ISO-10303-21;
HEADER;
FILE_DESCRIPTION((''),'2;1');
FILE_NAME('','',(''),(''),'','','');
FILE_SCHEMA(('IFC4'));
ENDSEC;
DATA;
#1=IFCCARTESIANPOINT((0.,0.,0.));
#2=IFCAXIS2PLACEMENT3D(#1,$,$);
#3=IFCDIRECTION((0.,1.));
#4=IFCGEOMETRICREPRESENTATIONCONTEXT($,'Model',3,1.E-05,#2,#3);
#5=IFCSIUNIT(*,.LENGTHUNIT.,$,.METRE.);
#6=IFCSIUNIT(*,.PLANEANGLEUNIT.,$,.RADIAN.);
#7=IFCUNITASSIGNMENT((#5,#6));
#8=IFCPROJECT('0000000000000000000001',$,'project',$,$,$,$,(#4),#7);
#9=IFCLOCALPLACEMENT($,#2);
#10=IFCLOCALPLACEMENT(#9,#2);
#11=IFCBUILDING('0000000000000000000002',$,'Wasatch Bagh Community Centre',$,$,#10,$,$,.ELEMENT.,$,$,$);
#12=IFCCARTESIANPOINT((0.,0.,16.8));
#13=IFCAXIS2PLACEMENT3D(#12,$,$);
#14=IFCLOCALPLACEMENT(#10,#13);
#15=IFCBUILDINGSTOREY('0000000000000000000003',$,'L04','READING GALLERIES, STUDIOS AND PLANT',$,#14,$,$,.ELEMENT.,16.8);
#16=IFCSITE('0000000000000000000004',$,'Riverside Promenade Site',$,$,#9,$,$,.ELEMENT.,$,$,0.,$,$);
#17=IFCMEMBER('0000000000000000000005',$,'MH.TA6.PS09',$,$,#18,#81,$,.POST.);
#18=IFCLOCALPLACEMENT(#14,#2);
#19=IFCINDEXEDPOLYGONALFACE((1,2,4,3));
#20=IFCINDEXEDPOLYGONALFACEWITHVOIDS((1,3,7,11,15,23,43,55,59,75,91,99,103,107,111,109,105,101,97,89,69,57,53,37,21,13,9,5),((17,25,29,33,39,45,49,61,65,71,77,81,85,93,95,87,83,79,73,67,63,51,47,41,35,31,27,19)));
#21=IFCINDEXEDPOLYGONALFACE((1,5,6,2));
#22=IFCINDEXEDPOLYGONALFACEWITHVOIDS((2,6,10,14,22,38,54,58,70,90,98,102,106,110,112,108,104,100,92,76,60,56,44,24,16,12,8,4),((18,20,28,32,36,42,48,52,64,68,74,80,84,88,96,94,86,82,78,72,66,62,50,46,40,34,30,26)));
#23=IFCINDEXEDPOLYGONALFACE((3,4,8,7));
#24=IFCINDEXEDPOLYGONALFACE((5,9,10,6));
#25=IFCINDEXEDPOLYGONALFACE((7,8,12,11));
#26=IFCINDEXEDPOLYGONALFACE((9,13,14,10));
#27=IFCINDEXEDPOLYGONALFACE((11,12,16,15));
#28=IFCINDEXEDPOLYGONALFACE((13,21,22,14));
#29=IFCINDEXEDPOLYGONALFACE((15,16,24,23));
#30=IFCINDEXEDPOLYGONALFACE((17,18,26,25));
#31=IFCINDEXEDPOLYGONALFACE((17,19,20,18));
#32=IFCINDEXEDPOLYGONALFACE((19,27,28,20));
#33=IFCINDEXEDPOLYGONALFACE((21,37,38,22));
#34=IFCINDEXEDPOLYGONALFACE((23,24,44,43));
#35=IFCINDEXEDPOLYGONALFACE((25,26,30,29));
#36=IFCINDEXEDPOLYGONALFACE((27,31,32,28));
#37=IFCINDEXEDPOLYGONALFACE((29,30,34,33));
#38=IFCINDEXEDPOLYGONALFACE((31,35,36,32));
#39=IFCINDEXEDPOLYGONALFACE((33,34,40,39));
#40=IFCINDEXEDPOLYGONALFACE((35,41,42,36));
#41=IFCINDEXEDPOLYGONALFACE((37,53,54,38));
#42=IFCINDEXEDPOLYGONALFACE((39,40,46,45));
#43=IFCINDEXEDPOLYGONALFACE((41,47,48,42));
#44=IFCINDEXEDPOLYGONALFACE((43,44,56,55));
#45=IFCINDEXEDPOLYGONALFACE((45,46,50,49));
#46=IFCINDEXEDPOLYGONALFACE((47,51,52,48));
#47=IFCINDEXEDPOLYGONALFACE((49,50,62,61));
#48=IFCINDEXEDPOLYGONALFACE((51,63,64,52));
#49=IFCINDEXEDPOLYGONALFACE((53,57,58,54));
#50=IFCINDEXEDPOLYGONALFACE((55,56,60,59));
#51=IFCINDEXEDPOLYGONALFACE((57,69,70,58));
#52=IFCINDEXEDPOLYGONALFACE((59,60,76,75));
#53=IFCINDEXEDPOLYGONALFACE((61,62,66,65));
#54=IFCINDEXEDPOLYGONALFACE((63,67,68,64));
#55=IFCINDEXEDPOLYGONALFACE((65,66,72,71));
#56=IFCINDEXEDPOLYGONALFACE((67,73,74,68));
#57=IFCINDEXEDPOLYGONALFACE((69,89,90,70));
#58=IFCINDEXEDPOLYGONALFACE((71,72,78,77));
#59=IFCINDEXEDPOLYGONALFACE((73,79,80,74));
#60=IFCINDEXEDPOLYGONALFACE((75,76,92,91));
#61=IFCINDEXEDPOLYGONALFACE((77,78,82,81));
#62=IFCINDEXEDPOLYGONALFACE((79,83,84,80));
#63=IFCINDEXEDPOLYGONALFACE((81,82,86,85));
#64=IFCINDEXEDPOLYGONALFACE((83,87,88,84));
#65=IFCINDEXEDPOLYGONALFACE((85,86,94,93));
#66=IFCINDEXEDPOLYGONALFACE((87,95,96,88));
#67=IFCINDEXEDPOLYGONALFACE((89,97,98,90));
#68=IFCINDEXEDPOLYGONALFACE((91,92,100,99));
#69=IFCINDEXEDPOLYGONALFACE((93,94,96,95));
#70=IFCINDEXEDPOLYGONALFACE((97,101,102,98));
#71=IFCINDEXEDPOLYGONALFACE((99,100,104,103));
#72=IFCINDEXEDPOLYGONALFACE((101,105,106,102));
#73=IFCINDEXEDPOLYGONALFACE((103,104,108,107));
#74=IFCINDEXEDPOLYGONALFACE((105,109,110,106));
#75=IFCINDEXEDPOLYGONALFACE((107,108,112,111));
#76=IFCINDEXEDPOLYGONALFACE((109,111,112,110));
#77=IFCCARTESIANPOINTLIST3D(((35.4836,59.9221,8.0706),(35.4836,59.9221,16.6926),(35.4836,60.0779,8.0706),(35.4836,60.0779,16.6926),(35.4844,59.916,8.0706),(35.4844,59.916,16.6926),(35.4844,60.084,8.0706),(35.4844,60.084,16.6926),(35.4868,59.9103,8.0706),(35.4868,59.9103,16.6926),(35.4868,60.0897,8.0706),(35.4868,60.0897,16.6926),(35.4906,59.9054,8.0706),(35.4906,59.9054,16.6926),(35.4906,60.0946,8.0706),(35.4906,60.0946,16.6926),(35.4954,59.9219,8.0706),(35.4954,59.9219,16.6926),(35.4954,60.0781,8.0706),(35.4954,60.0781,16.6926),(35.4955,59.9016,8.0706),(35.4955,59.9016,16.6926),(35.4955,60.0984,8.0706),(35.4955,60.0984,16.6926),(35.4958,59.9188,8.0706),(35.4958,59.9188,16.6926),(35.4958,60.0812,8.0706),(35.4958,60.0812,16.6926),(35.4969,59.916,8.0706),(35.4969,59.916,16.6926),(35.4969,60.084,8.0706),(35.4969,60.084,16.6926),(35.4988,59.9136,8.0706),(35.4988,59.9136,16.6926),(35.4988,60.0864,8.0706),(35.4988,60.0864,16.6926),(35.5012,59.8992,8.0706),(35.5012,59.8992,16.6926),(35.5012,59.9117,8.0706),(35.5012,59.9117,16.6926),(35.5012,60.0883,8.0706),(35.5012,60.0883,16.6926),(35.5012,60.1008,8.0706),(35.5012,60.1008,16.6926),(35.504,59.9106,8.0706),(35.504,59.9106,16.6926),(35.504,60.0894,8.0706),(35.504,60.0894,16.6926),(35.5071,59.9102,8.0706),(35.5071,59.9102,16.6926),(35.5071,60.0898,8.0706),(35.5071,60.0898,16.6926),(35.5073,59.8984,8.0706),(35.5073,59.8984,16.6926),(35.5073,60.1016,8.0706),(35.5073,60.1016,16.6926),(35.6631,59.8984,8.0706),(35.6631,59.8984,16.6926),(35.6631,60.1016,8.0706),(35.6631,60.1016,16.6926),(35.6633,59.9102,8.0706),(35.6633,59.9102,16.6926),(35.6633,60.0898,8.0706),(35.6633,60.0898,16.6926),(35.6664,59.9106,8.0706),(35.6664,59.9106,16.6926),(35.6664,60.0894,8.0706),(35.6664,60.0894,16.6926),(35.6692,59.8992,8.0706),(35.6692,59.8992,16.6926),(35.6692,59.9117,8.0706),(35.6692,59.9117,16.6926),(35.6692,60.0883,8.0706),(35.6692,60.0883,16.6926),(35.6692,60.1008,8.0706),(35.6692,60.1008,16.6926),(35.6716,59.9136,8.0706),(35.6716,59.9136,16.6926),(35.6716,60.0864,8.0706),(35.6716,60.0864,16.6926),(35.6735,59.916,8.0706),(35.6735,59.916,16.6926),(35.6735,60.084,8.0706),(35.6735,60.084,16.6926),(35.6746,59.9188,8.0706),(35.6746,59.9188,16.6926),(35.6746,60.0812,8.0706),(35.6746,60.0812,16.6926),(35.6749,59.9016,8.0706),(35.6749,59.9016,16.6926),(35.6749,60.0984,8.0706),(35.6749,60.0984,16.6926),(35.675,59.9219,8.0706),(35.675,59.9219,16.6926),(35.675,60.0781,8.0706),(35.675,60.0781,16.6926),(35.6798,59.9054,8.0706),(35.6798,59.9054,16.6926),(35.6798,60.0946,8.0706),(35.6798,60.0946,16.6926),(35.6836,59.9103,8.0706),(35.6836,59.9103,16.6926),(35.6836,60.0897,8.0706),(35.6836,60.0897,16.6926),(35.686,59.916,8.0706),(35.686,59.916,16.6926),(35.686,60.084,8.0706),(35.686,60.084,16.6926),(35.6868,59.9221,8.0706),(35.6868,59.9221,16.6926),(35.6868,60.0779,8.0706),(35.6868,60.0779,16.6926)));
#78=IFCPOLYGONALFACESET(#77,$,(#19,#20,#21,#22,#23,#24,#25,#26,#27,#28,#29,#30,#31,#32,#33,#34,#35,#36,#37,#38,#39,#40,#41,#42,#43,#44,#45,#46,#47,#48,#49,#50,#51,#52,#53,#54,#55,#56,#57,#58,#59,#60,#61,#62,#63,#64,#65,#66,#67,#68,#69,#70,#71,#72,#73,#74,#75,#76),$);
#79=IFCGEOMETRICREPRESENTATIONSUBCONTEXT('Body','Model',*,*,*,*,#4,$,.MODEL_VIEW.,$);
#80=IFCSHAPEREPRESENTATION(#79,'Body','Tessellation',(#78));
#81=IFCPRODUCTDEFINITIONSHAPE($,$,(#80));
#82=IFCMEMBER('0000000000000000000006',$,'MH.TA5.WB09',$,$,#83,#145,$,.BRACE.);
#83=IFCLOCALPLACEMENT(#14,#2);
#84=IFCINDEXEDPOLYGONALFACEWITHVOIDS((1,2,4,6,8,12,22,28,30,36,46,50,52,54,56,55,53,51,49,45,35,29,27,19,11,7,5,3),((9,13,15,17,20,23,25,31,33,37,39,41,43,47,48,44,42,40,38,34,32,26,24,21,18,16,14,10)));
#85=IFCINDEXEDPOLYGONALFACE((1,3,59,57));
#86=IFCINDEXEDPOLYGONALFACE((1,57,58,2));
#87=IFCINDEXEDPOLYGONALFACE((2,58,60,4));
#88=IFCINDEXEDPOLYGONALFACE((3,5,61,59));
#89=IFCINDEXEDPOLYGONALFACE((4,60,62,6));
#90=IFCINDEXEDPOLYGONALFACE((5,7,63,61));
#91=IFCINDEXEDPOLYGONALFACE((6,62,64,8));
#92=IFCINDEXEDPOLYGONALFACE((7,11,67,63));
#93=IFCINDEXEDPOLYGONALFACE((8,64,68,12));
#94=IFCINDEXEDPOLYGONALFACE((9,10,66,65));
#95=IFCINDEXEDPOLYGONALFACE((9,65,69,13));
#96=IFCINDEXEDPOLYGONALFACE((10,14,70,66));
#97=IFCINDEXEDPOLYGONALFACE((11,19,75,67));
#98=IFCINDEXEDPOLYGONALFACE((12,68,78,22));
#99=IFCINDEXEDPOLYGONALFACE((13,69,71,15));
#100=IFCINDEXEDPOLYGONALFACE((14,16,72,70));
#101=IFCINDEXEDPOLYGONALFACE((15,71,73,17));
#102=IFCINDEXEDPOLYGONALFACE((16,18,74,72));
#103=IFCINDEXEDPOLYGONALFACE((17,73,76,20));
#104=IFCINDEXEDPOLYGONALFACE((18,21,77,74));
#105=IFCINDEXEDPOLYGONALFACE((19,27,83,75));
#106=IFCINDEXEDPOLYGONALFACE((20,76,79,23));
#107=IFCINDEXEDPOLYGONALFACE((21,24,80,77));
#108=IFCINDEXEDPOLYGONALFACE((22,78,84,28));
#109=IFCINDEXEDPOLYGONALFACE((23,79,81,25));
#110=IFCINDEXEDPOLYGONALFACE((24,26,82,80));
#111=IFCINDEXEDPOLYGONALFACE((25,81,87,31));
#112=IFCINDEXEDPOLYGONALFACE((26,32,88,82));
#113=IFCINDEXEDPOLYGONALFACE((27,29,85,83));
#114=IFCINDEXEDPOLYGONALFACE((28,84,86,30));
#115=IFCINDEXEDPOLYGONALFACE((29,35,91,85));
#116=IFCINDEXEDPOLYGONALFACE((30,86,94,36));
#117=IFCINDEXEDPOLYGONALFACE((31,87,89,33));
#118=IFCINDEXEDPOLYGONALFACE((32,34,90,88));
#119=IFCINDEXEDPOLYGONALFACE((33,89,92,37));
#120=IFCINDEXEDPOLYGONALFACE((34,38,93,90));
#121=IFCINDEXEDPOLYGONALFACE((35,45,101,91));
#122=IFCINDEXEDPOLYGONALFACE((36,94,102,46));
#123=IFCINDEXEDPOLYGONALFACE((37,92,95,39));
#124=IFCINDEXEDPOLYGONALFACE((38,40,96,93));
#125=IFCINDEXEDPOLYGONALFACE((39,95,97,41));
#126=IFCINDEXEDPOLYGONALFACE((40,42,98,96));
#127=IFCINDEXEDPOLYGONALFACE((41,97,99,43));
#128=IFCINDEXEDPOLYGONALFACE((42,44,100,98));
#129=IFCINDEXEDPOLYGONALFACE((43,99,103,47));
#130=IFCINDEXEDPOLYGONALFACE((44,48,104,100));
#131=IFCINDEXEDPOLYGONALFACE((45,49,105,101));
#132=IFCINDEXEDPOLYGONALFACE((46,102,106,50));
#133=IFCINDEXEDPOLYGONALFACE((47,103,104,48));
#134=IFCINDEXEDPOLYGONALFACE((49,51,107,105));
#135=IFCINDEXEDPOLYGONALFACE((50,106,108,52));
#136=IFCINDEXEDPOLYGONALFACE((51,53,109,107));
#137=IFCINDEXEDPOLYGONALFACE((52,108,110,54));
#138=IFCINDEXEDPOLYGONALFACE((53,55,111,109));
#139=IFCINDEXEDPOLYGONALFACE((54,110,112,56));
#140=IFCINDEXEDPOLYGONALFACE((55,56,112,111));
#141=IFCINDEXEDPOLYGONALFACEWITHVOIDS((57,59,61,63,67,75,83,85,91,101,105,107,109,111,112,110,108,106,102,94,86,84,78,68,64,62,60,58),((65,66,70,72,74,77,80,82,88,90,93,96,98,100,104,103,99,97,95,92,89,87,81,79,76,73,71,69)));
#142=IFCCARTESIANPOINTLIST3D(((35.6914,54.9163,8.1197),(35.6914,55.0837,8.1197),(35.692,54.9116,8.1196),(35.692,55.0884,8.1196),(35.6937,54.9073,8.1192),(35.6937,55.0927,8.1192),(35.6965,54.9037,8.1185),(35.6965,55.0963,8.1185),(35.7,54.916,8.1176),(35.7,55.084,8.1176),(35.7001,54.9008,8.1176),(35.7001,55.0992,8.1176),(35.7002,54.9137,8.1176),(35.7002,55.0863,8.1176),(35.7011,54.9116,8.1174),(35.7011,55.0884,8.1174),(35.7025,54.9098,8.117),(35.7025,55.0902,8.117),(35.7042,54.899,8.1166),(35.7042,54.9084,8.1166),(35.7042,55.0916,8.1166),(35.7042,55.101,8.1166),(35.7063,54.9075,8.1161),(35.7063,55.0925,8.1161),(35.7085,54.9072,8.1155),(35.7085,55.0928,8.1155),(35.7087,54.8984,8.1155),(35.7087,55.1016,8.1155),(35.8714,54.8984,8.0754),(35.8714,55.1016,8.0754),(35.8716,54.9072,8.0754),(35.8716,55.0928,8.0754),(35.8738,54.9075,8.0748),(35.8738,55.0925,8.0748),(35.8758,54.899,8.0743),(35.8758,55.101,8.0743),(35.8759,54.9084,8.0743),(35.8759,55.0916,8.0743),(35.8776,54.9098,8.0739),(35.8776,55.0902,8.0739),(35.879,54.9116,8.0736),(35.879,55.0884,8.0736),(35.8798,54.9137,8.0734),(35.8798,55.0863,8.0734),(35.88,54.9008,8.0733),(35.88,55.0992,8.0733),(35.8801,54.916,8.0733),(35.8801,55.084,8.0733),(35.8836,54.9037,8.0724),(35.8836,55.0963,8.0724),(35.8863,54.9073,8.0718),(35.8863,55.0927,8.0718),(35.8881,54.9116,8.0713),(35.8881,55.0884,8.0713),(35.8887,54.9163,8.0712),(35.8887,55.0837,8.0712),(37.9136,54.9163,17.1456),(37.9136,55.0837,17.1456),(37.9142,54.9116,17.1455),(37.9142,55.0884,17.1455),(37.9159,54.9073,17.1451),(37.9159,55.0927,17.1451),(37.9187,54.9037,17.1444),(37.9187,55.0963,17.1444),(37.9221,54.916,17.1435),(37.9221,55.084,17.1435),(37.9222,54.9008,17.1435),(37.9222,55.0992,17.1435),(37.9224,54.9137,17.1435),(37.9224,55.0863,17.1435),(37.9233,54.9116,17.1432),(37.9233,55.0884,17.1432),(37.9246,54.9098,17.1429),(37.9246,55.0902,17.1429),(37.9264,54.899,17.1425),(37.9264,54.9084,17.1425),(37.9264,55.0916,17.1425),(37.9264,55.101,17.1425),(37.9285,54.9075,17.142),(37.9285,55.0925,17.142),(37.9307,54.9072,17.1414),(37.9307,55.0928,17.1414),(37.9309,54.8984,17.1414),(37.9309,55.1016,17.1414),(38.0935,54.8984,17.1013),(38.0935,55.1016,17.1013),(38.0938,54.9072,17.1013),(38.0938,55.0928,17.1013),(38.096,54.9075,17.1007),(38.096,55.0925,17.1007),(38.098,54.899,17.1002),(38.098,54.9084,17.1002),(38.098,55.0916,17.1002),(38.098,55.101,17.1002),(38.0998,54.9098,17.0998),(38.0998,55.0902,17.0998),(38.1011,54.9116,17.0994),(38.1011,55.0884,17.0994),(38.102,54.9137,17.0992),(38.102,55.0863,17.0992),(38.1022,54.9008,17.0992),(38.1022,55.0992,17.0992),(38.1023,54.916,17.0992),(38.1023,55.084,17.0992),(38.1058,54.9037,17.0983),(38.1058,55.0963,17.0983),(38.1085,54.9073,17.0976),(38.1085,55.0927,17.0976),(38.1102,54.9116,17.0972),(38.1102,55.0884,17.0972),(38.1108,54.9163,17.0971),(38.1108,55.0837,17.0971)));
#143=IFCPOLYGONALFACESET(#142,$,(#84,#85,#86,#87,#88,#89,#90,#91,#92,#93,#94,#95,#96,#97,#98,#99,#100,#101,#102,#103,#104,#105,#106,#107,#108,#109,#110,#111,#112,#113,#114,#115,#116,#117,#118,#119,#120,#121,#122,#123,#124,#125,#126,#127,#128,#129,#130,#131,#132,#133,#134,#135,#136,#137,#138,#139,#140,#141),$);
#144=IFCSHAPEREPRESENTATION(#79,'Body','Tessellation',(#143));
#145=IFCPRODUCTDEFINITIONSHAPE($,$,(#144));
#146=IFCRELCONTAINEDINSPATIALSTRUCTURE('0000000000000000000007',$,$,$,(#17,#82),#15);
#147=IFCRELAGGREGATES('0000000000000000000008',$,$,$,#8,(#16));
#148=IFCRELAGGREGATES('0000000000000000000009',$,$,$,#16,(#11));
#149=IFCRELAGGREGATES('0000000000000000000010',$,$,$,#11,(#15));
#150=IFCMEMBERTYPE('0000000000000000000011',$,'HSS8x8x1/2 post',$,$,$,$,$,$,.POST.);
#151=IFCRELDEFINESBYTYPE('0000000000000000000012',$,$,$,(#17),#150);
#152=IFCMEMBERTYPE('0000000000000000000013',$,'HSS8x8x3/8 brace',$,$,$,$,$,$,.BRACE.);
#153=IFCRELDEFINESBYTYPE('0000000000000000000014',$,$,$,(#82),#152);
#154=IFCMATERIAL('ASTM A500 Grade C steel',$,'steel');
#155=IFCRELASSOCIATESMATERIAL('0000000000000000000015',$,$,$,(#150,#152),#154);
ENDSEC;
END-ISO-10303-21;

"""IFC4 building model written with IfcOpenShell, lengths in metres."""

from ifc_helpers import new_model, si_unit, direction, frame, origin, origin_2d, place, context, subcontext, project, spatial, hollow_rectangle, extrude, material, material_profile, profile_set, type_object, element, save


model = new_model("IFC4")

# Units and contexts
model_context = context("Model", 3, precision=1e-05, world=origin(), true_north=direction((0.0, 1.0)))
body_context = subcontext(model_context, "Body", "Model", "MODEL_VIEW")
ifc_project = project(units=[si_unit("LENGTHUNIT", "METRE"), si_unit("PLANEANGLEUNIT", "RADIAN")], contexts=[model_context])

# Site, building, storey
site_placement = place(None, origin())
site = spatial("IfcSite", under=ifc_project, at=site_placement, Name="Riverside Promenade Site", CompositionType="ELEMENT", RefElevation=0.0)
building_placement = place(site_placement, origin())
building = spatial("IfcBuilding", under=site, at=building_placement, Name="Wasatch Bagh Community Centre", CompositionType="ELEMENT")
storey_placement = place(building_placement, frame((0.0, 0.0, 16.8)))
storey = spatial("IfcBuildingStorey", under=building, at=storey_placement, Name="L04", Description="READING GALLERIES, STUDIOS AND PLANT", CompositionType="ELEMENT", Elevation=16.8)

# Members
ifc_material_1 = material(Name="ASTM A500 Grade C steel", Category="steel")
ifc_material_profile_1 = material_profile(ifc_material_1, hollow_rectangle(XDim=0.2031, YDim=0.2031, WallThickness=0.0117, InnerFilletRadius=0.0117, OuterFilletRadius=0.0237, at=origin_2d()), Name="HSS8x8x1/2")
ifc_profile_set_1 = profile_set([ifc_material_profile_1], Name="ASTM A500 Grade C steel")
member_type_1 = type_object("IfcMemberType", Name="HSS8x8x1/2 post", PredefinedType="POST", material=ifc_profile_set_1)
member_1_placement = place(storey_placement, frame((35.5852, 60.0, 8.0706), z_axis=(0.0, 0.0, 1.0), x_axis=(1.0, 0.0, 0.0)))
element("IfcMember", 1, at=member_1_placement, inside=storey, type_object=member_type_1, Name="MH.TA6.PS09", PredefinedType="POST", context=body_context, shape_type="SweptSolid", body=[
    extrude(hollow_rectangle(XDim=0.2031, YDim=0.2031, WallThickness=0.0117, InnerFilletRadius=0.0117, OuterFilletRadius=0.0237, at=origin_2d()), origin(), (0.0, 0.0, 1.0), 8.6221),
])
ifc_material_profile_2 = material_profile(ifc_material_1, hollow_rectangle(XDim=0.2031, YDim=0.2031, WallThickness=0.0088, InnerFilletRadius=0.0088, OuterFilletRadius=0.0178, at=origin_2d()), Name="HSS8x8x3/8")
ifc_profile_set_2 = profile_set([ifc_material_profile_2], Name="ASTM A500 Grade C steel")
member_type_2 = type_object("IfcMemberType", Name="HSS8x8x3/8 brace", PredefinedType="BRACE", material=ifc_profile_set_2)
member_2_placement = place(storey_placement, frame((35.79, 55.0, 8.0955), z_axis=(0.239061, 0.0, 0.971005), x_axis=(0.0, 1.0, 0.0)))
element("IfcMember", 2, at=member_2_placement, inside=storey, type_object=member_type_2, Name="MH.TA5.WB09", PredefinedType="BRACE", context=body_context, shape_type="SweptSolid", body=[
    extrude(hollow_rectangle(XDim=0.2031, YDim=0.2031, WallThickness=0.0088, InnerFilletRadius=0.0088, OuterFilletRadius=0.0178, at=origin_2d()), origin(), (0.0, 0.0, 1.0), 9.2954),
])

save(model, "model.ifc")
